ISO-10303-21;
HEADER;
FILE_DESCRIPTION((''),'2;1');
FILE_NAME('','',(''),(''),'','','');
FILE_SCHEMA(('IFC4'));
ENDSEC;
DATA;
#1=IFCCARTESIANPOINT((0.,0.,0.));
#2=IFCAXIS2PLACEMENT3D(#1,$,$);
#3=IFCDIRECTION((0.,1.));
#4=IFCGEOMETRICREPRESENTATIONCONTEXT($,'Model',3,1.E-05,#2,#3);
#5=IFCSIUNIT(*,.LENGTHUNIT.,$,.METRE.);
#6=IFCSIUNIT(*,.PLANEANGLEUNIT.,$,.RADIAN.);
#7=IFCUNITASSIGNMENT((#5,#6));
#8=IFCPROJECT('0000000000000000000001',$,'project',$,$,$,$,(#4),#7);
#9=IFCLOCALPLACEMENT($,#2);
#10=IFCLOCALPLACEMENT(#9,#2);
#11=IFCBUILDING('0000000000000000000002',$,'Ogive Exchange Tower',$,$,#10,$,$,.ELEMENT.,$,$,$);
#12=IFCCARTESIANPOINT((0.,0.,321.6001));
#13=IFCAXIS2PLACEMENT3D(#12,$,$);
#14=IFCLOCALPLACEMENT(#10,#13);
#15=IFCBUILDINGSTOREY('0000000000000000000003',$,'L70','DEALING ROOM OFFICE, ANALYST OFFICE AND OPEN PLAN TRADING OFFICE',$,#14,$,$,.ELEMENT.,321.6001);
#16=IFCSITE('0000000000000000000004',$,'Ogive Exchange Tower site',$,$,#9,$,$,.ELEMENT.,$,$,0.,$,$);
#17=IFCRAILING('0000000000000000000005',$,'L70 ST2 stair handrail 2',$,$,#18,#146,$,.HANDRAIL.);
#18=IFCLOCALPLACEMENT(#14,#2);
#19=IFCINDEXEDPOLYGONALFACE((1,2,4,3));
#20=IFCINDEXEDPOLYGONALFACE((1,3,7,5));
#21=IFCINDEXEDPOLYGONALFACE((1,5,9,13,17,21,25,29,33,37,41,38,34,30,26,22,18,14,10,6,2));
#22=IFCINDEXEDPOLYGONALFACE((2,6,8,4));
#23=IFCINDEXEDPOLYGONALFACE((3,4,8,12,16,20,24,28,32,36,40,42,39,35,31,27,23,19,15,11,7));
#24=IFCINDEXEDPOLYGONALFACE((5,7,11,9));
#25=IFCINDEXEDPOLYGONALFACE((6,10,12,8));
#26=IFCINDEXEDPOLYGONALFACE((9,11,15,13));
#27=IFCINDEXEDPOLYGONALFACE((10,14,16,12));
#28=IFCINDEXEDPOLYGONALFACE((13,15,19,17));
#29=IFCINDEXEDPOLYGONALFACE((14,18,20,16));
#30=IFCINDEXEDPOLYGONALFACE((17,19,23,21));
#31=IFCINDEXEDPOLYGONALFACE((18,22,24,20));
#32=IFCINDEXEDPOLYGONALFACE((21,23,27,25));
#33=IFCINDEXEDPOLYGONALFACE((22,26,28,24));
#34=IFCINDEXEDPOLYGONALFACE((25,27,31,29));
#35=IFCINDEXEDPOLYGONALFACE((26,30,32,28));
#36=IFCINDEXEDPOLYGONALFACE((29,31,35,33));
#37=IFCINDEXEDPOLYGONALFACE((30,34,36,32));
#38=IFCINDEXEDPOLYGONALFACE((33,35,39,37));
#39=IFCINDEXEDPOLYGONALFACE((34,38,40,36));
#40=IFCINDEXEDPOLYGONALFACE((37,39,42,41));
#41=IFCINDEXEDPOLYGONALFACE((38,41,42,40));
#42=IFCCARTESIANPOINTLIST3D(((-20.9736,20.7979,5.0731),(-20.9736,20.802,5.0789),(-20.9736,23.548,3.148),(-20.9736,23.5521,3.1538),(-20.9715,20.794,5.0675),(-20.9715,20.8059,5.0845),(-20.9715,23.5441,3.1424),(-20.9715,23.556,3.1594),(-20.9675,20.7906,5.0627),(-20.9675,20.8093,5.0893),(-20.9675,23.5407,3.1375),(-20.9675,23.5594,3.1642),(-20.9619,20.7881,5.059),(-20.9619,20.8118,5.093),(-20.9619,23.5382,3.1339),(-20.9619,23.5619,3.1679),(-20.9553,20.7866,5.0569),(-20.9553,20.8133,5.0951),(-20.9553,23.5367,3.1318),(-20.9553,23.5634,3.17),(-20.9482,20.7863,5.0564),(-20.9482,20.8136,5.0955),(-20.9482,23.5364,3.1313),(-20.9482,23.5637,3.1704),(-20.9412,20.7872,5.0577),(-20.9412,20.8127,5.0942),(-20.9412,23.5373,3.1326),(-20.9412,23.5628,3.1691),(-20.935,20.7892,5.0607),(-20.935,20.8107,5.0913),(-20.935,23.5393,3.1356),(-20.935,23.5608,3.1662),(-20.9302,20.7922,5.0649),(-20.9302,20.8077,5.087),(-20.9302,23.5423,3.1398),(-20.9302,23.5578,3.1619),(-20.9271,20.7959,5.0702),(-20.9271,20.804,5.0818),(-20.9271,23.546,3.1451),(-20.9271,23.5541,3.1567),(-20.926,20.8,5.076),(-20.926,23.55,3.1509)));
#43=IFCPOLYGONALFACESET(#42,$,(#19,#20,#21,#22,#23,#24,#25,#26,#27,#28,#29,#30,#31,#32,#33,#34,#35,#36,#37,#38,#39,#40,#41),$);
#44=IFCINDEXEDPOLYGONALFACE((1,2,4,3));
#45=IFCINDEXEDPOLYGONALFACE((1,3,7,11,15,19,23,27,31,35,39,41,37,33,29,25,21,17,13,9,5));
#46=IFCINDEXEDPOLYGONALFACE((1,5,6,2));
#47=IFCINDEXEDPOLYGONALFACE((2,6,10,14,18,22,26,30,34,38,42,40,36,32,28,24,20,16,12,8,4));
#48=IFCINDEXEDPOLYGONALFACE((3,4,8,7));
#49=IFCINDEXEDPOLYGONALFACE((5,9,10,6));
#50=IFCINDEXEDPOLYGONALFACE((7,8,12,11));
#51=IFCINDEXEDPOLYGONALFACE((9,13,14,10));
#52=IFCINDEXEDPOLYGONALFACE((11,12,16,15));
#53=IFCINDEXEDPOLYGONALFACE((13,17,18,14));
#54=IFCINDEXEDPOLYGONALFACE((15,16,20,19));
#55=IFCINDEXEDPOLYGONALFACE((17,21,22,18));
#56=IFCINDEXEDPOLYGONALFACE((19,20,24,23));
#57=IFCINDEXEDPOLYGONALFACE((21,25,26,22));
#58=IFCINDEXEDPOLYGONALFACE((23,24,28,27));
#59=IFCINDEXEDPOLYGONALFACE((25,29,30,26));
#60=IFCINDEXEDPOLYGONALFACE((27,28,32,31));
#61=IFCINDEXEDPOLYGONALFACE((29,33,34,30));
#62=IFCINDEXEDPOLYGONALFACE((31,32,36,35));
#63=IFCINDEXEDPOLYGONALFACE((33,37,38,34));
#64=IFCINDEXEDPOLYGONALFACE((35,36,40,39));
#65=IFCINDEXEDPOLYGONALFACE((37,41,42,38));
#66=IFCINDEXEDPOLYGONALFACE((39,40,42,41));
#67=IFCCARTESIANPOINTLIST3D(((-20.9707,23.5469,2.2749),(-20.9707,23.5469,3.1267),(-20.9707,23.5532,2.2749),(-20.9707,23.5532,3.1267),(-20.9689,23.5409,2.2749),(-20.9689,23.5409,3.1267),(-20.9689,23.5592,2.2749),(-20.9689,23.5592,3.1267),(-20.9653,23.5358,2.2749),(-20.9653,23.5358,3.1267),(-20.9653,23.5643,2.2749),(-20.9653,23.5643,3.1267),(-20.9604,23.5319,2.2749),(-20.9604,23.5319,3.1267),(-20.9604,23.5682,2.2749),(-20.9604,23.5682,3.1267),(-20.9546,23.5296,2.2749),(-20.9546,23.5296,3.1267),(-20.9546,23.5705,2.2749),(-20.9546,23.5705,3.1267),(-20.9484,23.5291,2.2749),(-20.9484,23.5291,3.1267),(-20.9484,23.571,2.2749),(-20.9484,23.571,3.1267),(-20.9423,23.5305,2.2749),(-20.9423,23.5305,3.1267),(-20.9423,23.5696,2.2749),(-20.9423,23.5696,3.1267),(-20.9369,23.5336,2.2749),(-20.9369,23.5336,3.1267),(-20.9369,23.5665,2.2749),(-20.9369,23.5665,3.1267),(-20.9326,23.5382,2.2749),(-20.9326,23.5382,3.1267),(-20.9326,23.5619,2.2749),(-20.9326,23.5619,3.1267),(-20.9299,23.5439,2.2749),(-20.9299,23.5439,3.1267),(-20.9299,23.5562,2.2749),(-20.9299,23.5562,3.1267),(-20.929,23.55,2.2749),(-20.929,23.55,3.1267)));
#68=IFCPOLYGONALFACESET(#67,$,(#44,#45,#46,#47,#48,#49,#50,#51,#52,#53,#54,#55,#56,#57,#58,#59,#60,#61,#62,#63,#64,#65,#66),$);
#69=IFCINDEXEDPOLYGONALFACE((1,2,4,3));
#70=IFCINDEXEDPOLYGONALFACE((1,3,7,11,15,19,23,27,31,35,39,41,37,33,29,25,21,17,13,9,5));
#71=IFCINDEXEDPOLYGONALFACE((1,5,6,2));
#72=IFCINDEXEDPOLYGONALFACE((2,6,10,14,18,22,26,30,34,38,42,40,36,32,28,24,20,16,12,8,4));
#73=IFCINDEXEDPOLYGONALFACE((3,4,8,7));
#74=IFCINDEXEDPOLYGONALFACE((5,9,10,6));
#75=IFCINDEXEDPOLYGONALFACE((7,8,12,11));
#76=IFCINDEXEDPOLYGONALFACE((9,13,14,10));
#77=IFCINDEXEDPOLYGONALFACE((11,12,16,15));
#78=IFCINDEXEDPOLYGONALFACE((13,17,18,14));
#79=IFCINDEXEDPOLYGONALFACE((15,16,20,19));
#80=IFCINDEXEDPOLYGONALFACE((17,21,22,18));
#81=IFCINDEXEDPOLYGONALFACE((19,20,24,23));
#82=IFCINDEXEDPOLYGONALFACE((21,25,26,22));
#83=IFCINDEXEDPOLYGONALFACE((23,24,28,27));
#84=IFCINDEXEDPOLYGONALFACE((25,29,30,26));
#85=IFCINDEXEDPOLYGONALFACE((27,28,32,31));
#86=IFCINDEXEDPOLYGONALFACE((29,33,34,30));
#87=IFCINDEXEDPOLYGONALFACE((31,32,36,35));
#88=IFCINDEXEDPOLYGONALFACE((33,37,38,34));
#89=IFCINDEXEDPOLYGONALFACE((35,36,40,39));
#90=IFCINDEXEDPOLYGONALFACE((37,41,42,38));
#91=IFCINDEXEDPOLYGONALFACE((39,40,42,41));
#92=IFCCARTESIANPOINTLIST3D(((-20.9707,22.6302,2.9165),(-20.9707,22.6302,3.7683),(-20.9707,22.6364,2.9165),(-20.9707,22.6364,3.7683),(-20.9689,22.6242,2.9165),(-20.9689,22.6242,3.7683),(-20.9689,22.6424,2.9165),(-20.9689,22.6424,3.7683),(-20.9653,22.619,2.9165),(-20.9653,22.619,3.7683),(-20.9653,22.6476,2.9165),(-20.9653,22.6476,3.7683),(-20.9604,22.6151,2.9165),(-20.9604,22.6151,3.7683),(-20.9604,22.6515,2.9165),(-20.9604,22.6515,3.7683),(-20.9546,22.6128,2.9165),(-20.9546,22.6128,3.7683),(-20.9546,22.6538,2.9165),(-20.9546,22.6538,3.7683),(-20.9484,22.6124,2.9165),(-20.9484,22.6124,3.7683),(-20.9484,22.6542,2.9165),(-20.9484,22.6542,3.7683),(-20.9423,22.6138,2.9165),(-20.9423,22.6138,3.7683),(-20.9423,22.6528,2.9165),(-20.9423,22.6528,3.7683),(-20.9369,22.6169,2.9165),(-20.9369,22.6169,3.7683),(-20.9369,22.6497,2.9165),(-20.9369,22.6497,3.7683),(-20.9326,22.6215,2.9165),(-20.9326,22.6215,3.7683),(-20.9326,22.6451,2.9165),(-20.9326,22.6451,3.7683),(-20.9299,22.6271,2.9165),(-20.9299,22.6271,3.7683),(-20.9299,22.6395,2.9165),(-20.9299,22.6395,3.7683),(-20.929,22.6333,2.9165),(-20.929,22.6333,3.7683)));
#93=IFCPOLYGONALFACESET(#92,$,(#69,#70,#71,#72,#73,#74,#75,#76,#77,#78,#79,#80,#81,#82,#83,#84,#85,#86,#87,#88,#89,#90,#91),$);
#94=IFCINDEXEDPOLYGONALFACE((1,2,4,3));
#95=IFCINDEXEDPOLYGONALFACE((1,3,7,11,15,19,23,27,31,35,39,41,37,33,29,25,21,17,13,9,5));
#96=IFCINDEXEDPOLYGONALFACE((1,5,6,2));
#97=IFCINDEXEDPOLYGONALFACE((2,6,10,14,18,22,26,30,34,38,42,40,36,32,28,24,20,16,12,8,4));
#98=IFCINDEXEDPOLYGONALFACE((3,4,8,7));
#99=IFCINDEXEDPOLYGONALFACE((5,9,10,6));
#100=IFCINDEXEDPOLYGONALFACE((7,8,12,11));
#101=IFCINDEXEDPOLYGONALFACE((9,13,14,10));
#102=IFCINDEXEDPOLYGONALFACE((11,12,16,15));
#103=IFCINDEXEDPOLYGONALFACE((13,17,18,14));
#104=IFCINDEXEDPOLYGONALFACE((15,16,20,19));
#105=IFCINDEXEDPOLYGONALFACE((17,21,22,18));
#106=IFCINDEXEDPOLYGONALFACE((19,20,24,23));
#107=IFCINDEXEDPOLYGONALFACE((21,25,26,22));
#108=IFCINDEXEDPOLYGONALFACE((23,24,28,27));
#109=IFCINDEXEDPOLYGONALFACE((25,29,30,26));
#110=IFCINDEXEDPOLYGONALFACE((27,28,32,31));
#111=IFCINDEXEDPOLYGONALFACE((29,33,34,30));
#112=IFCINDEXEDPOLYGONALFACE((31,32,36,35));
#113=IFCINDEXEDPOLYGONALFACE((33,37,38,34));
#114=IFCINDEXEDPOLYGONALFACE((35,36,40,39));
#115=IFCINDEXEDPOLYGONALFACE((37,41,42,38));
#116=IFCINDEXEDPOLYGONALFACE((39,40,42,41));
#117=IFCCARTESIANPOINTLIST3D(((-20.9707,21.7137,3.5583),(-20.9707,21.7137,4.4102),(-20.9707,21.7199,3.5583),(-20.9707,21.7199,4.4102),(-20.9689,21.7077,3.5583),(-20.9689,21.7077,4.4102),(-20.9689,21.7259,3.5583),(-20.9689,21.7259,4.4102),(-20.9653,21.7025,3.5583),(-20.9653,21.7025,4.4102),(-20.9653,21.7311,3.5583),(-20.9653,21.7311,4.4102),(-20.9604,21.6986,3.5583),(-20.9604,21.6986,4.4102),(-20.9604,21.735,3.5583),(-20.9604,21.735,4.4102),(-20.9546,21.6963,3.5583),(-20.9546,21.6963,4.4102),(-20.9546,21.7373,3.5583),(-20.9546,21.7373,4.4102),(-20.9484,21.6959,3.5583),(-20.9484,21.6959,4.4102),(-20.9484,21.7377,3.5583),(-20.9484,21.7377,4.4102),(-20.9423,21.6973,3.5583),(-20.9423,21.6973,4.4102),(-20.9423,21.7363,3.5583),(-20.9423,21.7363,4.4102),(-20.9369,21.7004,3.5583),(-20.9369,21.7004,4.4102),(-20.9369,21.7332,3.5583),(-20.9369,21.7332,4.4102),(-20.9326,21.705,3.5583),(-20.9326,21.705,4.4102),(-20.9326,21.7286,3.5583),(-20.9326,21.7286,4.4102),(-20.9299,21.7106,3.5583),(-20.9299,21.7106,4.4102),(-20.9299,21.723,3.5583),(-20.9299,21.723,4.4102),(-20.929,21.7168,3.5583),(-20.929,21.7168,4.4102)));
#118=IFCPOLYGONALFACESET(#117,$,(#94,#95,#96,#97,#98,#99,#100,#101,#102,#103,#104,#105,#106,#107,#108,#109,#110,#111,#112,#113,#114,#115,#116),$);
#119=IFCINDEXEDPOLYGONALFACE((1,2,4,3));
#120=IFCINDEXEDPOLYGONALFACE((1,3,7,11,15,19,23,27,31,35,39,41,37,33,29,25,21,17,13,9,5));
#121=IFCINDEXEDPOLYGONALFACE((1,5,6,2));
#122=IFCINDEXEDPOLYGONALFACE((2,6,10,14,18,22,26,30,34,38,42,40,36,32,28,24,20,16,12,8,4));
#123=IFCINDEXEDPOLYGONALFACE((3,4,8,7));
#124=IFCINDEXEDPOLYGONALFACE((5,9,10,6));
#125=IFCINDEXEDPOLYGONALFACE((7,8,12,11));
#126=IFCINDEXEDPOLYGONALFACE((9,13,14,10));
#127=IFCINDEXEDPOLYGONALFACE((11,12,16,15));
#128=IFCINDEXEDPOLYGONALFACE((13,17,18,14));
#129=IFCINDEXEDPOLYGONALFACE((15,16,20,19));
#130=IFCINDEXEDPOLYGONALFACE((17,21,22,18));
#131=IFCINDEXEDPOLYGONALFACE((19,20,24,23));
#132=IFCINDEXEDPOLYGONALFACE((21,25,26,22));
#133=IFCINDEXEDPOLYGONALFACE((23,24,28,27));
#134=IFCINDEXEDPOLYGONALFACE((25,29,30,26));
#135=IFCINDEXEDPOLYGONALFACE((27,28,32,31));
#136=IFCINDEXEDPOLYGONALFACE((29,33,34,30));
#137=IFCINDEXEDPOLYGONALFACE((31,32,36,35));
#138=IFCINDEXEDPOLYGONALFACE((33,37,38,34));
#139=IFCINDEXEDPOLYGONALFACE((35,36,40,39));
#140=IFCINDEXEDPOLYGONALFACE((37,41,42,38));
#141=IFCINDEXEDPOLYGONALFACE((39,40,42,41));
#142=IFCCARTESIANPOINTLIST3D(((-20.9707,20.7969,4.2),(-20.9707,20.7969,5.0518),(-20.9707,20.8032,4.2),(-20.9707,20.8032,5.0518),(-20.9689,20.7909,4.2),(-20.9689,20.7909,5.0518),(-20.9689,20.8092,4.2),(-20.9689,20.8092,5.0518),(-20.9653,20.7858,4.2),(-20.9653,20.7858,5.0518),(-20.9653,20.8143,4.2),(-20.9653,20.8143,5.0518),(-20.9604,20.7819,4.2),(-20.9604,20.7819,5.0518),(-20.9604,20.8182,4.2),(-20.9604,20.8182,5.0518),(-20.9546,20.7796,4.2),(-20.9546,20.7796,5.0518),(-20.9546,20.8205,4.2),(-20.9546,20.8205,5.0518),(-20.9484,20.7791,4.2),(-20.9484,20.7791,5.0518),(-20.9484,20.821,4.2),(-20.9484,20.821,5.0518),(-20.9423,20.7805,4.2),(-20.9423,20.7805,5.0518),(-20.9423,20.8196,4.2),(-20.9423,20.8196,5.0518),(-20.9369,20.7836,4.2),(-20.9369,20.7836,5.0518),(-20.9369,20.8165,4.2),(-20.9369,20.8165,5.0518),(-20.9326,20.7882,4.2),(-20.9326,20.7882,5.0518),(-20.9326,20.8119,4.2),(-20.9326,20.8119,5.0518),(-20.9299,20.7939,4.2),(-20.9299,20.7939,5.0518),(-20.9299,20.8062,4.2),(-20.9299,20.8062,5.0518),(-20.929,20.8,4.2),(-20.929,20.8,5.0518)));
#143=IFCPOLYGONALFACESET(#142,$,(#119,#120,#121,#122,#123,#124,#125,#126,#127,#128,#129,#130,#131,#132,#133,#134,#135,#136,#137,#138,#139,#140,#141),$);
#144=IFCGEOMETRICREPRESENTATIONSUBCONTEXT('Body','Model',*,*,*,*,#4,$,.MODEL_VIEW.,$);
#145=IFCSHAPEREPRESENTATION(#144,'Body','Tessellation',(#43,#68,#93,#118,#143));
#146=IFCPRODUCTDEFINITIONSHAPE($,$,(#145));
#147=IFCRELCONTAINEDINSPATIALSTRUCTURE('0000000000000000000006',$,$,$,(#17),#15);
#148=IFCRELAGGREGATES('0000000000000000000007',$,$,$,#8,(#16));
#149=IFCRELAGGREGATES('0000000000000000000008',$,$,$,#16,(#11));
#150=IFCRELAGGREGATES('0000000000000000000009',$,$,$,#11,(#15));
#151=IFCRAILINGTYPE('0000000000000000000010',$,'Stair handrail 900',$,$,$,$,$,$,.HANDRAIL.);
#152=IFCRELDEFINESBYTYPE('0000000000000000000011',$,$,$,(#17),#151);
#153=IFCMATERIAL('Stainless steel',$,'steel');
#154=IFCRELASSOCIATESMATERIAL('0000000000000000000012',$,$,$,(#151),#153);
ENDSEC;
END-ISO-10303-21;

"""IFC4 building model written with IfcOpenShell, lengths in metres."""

from ifc_helpers import new_model, si_unit, direction, frame, origin, origin_2d, place, context, subcontext, project, spatial, circle, extrude, material, type_object, element, save


model = new_model("IFC4")

# Units and contexts
model_context = context("Model", 3, precision=1e-05, world=origin(), true_north=direction((0.0, 1.0)))
body_context = subcontext(model_context, "Body", "Model", "MODEL_VIEW")
ifc_project = project(units=[si_unit("LENGTHUNIT", "METRE"), si_unit("PLANEANGLEUNIT", "RADIAN")], contexts=[model_context])

# Site, building, storey
site_placement = place(None, origin())
site = spatial("IfcSite", under=ifc_project, at=site_placement, Name="Ogive Exchange Tower site", CompositionType="ELEMENT", RefElevation=0.0)
building_placement = place(site_placement, origin())
building = spatial("IfcBuilding", under=site, at=building_placement, Name="Ogive Exchange Tower", CompositionType="ELEMENT")
storey_placement = place(building_placement, frame((0.0, 0.0, 321.6001)))
storey = spatial("IfcBuildingStorey", under=building, at=storey_placement, Name="L70", Description="DEALING ROOM OFFICE, ANALYST OFFICE AND OPEN PLAN TRADING OFFICE", CompositionType="ELEMENT", Elevation=321.6001)

# Railing
ifc_material_1 = material(Name="Stainless steel", Category="steel")
railing_type = type_object("IfcRailingType", Name="Stair handrail 900", PredefinedType="HANDRAIL", material=ifc_material_1)
railing_1_placement = place(storey_placement, frame((-20.95, 23.55, 2.2749)))
element("IfcRailing", 1, at=railing_1_placement, inside=storey, type_object=railing_type, Name="L70 ST2 stair handrail 2", PredefinedType="HANDRAIL", context=body_context, shape_type="SweptSolid", body=[
    extrude(circle(Radius=0.0239, at=origin_2d()), frame((0.0, 0.0, 0.876), z_axis=(0.0, -0.819225, 0.573472), x_axis=(1.0, 0.0, 0.0)), (0.0, 0.0, 1.0), 3.3569),
    extrude(circle(Radius=0.021, at=origin_2d()), origin(), (0.0, 0.0, 1.0), 0.8518),
    extrude(circle(Radius=0.021, at=origin_2d()), frame((0.0, -0.9167, 0.6416)), (0.0, 0.0, 1.0), 0.8518),
    extrude(circle(Radius=0.021, at=origin_2d()), frame((0.0, -1.8333, 1.2834)), (0.0, 0.0, 1.0), 0.8518),
    extrude(circle(Radius=0.021, at=origin_2d()), frame((0.0, -2.75, 1.925)), (0.0, 0.0, 1.0), 0.8518),
])

save(model, "model.ifc")
